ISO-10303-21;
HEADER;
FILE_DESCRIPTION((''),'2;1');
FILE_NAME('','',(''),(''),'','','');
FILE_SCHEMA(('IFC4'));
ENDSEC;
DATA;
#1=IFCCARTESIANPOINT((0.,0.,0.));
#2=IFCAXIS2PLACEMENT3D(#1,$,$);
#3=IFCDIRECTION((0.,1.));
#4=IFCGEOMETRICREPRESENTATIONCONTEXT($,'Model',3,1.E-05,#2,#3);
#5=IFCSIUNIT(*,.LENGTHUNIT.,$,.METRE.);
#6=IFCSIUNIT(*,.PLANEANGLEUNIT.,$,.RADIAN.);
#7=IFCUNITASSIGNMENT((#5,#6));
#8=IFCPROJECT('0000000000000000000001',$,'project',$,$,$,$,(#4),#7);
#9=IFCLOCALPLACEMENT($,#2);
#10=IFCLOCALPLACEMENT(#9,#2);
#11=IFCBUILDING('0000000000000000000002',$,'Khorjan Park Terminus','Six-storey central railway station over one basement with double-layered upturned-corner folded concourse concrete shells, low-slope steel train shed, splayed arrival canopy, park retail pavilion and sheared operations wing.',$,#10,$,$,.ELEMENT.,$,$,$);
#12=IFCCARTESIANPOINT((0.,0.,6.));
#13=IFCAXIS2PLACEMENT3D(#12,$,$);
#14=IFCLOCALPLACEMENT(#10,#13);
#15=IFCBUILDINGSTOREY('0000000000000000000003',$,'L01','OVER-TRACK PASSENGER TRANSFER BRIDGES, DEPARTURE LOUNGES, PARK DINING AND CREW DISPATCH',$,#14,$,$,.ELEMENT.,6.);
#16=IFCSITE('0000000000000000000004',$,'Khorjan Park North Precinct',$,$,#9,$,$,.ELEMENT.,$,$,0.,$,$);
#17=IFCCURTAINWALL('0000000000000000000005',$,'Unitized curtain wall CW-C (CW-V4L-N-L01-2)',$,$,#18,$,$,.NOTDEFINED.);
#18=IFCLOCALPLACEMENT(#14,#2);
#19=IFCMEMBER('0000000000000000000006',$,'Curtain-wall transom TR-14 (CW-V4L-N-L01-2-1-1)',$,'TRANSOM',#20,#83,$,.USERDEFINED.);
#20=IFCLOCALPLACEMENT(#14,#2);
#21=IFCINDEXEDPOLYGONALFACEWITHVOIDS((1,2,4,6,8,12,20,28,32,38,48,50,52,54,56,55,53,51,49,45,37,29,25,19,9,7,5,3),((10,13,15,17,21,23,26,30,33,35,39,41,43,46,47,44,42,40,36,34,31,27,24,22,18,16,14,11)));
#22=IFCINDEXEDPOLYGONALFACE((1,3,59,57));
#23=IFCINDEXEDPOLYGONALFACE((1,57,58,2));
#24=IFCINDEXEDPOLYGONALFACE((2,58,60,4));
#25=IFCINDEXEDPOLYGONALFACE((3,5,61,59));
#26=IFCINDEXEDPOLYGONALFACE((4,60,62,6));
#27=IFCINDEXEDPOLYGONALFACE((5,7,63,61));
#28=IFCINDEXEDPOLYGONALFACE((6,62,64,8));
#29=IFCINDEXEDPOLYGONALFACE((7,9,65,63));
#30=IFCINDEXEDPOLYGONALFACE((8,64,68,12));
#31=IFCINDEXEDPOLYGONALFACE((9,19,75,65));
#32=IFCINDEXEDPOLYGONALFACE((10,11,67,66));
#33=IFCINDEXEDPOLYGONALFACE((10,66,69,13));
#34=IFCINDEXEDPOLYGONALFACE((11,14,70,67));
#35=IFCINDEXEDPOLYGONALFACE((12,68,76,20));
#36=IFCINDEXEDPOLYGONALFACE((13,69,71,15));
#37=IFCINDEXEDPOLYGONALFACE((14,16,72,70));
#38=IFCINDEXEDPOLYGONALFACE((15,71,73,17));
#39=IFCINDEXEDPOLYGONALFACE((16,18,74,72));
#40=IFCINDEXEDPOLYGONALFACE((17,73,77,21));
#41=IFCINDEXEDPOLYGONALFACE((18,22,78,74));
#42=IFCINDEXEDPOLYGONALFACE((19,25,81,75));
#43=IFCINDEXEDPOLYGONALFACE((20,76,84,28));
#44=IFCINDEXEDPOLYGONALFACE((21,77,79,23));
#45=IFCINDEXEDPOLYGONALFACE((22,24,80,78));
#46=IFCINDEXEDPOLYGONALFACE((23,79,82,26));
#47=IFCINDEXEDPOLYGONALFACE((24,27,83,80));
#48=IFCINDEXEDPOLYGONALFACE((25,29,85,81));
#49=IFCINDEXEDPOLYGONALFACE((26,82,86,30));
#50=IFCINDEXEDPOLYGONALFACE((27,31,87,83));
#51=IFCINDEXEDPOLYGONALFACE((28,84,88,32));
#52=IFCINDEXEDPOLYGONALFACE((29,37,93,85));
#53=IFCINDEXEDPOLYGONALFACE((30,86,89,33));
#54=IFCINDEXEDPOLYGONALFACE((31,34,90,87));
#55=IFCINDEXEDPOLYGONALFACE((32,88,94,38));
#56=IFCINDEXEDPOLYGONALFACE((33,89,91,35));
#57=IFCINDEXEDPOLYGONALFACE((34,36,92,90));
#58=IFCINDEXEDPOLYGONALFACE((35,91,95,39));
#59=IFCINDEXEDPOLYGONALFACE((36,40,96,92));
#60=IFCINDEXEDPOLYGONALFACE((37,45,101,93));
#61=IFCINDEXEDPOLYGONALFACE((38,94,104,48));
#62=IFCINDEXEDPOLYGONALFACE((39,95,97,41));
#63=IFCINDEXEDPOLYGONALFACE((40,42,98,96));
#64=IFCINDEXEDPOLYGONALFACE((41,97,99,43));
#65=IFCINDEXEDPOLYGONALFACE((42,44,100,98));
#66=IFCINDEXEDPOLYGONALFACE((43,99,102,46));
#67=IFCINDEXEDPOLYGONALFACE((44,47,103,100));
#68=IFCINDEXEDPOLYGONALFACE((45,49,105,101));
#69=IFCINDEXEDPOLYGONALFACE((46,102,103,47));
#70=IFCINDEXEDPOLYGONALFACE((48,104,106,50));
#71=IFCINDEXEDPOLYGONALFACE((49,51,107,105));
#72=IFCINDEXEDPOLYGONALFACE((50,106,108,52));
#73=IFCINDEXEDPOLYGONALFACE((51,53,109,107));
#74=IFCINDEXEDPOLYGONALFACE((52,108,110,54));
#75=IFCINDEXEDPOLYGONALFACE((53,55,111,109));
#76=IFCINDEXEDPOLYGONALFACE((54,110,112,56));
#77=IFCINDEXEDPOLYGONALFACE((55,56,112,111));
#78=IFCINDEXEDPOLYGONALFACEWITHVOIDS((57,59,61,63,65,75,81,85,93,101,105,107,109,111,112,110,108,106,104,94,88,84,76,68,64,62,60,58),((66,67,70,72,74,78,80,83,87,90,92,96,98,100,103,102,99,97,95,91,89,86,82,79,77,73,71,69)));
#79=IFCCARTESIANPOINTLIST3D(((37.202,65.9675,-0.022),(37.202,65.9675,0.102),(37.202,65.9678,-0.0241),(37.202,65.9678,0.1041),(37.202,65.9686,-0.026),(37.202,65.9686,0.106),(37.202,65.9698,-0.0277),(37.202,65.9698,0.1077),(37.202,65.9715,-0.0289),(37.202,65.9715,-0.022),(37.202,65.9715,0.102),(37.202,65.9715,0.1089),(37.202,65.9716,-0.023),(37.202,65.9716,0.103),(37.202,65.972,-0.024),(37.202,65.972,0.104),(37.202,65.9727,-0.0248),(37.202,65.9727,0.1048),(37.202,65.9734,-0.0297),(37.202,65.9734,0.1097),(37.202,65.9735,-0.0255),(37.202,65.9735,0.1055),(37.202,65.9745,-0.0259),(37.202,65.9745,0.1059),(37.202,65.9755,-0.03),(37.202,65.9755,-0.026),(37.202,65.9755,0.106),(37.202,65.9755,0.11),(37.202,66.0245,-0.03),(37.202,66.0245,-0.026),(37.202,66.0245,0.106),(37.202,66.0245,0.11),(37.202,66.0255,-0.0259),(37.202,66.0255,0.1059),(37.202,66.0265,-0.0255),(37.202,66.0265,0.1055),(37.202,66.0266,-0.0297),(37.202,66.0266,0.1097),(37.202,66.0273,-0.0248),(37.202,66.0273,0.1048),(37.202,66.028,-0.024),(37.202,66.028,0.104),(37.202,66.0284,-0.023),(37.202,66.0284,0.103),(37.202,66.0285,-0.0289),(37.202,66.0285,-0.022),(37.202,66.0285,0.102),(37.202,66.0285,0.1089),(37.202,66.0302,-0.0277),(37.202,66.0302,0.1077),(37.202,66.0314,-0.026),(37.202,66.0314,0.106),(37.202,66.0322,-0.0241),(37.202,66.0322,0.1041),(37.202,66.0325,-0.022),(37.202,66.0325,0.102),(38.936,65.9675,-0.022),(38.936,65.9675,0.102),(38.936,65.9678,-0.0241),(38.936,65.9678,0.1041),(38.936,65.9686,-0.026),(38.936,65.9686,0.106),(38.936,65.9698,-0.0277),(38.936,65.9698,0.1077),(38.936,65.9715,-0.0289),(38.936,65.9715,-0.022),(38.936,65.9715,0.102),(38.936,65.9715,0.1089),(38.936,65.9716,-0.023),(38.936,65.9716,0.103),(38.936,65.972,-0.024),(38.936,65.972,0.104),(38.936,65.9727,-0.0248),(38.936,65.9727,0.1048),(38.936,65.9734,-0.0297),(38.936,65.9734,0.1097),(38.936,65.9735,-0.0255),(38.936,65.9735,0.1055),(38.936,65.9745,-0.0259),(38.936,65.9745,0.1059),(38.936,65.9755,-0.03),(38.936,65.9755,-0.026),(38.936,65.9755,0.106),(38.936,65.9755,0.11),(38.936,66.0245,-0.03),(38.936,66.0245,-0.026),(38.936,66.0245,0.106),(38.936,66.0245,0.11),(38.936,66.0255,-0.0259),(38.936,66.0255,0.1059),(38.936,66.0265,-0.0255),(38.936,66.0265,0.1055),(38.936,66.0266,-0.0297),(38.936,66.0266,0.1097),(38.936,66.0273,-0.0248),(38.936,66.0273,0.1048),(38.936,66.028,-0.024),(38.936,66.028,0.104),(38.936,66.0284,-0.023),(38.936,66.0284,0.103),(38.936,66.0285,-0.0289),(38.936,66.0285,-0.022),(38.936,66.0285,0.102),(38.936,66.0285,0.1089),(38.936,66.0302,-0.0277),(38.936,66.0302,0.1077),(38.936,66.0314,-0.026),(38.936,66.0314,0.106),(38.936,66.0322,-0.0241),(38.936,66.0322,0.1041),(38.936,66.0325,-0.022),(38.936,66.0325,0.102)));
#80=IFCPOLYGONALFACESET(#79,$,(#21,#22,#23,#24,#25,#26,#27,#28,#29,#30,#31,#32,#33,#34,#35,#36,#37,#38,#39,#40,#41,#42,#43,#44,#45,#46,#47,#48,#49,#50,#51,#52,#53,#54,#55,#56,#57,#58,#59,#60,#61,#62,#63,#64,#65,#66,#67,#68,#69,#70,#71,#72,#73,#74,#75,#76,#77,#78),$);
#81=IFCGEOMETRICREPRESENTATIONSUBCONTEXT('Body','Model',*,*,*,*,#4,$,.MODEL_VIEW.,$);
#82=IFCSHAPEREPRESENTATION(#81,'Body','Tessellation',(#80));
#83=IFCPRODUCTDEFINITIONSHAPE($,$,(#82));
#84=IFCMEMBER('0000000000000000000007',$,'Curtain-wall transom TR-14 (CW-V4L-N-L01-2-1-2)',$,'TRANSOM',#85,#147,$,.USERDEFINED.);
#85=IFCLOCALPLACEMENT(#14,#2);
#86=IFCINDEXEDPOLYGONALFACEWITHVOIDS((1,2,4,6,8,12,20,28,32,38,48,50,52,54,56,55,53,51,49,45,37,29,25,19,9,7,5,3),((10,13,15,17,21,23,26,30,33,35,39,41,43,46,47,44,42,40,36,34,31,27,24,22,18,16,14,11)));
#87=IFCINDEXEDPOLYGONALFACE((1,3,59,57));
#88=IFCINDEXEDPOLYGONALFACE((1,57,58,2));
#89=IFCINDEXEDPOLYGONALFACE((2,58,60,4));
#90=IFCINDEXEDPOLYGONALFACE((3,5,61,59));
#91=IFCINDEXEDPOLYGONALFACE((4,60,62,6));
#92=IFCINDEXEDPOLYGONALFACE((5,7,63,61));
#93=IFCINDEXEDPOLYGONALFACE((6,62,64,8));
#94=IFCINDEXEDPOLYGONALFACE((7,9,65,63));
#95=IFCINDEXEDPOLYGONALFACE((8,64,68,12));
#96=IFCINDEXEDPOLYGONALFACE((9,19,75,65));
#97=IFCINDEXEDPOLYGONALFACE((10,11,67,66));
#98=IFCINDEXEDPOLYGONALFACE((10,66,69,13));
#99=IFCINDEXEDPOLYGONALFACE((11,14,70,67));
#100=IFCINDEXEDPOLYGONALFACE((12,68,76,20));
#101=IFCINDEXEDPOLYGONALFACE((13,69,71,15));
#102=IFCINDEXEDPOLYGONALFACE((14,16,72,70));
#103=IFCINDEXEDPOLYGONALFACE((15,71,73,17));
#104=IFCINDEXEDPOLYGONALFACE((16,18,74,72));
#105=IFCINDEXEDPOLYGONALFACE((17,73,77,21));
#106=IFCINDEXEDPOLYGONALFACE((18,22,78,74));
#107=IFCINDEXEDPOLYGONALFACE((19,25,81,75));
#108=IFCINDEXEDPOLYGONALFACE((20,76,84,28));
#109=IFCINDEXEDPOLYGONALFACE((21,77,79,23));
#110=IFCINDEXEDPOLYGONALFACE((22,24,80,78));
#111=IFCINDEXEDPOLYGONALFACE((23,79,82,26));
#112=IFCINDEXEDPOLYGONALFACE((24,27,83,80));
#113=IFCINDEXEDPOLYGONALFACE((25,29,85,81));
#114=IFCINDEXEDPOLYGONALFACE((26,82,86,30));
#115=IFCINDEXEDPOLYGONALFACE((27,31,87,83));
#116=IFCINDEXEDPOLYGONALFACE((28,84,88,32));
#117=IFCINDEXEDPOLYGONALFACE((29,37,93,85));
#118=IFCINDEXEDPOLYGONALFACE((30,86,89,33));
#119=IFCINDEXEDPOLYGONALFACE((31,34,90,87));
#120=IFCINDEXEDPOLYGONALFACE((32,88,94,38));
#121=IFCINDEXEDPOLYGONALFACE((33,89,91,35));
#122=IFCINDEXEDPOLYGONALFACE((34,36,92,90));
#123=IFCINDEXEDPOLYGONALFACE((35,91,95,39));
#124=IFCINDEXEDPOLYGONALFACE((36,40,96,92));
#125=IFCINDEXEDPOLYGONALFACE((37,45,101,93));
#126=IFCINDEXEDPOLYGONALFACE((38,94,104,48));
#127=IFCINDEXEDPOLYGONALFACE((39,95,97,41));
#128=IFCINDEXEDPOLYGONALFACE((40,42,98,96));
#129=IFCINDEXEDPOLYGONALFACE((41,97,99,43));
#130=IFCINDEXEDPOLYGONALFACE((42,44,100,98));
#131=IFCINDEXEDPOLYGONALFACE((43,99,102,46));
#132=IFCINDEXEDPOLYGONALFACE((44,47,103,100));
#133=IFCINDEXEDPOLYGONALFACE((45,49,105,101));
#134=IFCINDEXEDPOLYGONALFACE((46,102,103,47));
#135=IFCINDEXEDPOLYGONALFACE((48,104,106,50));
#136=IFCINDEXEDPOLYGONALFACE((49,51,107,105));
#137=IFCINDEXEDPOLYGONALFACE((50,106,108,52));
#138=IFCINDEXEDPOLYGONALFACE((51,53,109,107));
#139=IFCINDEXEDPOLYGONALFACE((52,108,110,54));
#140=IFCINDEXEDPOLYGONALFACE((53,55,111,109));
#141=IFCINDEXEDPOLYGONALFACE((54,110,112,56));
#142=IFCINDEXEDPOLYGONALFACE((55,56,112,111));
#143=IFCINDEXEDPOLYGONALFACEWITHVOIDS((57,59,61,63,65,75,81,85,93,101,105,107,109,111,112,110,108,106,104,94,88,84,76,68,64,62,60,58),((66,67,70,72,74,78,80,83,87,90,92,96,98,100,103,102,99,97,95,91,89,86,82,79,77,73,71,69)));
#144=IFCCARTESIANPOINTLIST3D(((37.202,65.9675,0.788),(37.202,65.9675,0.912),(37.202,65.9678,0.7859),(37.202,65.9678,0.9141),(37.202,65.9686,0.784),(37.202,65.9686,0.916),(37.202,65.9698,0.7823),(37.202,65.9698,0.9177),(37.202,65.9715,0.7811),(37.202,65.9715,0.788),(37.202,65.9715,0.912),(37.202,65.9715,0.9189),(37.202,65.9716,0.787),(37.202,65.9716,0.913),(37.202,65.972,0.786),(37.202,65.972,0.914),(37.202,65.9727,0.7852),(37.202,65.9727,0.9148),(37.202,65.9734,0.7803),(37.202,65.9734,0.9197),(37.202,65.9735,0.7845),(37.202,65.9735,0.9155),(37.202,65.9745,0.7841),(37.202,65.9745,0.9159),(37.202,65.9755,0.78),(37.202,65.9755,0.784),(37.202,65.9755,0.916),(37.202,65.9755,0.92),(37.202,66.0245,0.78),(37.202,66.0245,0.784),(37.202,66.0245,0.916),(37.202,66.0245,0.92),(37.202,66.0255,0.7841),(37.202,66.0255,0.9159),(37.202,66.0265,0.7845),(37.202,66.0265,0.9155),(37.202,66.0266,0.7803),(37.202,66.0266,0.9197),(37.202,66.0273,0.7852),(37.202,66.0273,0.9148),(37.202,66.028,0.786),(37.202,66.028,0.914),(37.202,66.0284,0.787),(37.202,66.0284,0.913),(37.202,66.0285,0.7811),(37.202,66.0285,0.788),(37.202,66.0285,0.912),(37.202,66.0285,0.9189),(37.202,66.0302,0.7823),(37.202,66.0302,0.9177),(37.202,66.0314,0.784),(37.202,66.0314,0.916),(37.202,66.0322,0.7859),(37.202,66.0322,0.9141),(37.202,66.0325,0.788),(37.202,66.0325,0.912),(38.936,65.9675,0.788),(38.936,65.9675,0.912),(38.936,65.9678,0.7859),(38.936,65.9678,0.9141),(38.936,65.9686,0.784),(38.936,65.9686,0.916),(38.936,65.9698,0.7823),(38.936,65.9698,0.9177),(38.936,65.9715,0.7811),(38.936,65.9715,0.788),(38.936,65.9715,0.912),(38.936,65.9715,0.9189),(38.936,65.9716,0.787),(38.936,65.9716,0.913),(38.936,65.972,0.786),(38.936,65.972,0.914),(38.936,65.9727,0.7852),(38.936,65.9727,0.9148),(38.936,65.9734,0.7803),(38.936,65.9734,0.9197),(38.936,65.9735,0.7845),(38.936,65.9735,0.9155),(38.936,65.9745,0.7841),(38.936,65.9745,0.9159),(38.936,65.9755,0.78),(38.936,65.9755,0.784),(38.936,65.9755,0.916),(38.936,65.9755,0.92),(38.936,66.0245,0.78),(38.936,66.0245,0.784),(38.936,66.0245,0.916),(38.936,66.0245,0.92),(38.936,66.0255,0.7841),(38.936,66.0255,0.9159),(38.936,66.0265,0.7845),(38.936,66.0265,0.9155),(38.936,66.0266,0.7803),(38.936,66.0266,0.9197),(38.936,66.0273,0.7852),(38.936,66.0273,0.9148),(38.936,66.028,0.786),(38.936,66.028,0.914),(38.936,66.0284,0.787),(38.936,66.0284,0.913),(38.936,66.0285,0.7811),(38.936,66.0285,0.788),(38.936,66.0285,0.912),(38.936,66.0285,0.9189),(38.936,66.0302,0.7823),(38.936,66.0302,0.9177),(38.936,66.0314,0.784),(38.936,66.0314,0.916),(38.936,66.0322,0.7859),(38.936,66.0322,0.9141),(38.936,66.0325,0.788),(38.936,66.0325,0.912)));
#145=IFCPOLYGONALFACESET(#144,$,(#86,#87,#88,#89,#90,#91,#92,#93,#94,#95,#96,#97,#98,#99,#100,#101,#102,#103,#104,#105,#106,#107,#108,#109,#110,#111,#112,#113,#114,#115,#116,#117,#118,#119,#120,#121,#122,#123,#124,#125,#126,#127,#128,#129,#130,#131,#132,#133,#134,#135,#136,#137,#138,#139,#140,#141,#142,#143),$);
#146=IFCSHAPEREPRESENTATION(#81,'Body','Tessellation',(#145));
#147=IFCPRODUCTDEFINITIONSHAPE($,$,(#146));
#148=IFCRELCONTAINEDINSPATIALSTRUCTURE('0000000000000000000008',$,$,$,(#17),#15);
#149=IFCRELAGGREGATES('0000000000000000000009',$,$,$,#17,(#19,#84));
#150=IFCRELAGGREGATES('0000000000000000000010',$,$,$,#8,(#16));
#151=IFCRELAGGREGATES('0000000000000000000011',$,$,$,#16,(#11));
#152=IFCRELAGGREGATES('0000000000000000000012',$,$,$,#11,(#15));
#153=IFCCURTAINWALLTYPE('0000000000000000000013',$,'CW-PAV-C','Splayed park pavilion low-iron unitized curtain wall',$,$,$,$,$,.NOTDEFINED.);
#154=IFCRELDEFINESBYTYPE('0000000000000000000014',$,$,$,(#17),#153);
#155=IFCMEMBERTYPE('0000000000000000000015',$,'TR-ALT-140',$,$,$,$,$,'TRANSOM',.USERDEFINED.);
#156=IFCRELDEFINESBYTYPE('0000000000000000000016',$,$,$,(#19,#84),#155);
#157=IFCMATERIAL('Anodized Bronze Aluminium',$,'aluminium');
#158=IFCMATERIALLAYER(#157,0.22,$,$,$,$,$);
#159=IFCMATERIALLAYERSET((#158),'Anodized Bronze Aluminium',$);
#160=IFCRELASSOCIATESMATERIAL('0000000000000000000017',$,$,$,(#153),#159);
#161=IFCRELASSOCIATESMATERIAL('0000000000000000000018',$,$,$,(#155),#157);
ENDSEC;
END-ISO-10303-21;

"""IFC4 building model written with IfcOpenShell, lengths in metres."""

from ifc_helpers import new_model, si_unit, direction, frame, origin, origin_2d, place, context, subcontext, project, spatial, hollow_rectangle, extrude, material, layer, layer_set, material_profile, profile_set, type_object, element, aggregate, save


model = new_model("IFC4")

# Units and contexts
model_context = context("Model", 3, precision=1e-05, world=origin(), true_north=direction((0.0, 1.0)))
body_context = subcontext(model_context, "Body", "Model", "MODEL_VIEW")
ifc_project = project(units=[si_unit("LENGTHUNIT", "METRE"), si_unit("PLANEANGLEUNIT", "RADIAN")], contexts=[model_context])

# Site, building, storey
site_placement = place(None, origin())
site = spatial("IfcSite", under=ifc_project, at=site_placement, Name="Khorjan Park North Precinct", CompositionType="ELEMENT", RefElevation=0.0)
building_placement = place(site_placement, origin())
building = spatial("IfcBuilding", under=site, at=building_placement, Name="Khorjan Park Terminus", Description="Six-storey central railway station over one basement with double-layered upturned-corner folded concourse concrete shells, low-slope steel train shed, splayed arrival canopy, park retail pavilion and sheared operations wing.", CompositionType="ELEMENT")
storey_placement = place(building_placement, frame((0.0, 0.0, 6.0)))
storey = spatial("IfcBuildingStorey", under=building, at=storey_placement, Name="L01", Description="OVER-TRACK PASSENGER TRANSFER BRIDGES, DEPARTURE LOUNGES, PARK DINING AND CREW DISPATCH", CompositionType="ELEMENT", Elevation=6.0)

# Curtain wall, members
ifc_material_1 = material(Name="Anodized Bronze Aluminium", Category="aluminium")
ifc_layer_1 = layer(ifc_material_1, 0.22)
ifc_layer_set_1 = layer_set([ifc_layer_1], Name="Anodized Bronze Aluminium")
curtain_wall_type = type_object("IfcCurtainWallType", Name="CW-PAV-C", Description="Splayed park pavilion low-iron unitized curtain wall", PredefinedType="NOTDEFINED", material=ifc_layer_set_1)
curtain_wall_1_placement = place(storey_placement, origin())
curtain_wall_1 = element("IfcCurtainWall", 1, at=curtain_wall_1_placement, inside=storey, type_object=curtain_wall_type, Name="Unitized curtain wall CW-C (CW-V4L-N-L01-2)", PredefinedType="NOTDEFINED")
ifc_material_profile_1 = material_profile(ifc_material_1, hollow_rectangle(XDim=0.065, YDim=0.14, WallThickness=0.004, InnerFilletRadius=0.004, OuterFilletRadius=0.008, at=origin_2d()), Name="ALT 65x140x4")
ifc_profile_set_1 = profile_set([ifc_material_profile_1], Name="Anodized Bronze Aluminium")
member_type_1 = type_object("IfcMemberType", Name="TR-ALT-140", ElementType="TRANSOM", PredefinedType="USERDEFINED", material=ifc_profile_set_1)
member_1_placement = place(storey_placement, frame((38.936, 66.0, 0.04), z_axis=(-1.0, 0.0, 0.0), x_axis=(0.0, -1.0, 0.0)))
member_1 = element("IfcMember", 2, at=member_1_placement, type_object=member_type_1, Name="Curtain-wall transom TR-14 (CW-V4L-N-L01-2-1-1)", ObjectType="TRANSOM", PredefinedType="USERDEFINED", context=body_context, shape_type="SweptSolid", body=[
    extrude(hollow_rectangle(XDim=0.065, YDim=0.14, WallThickness=0.004, InnerFilletRadius=0.004, OuterFilletRadius=0.008, at=origin_2d()), origin(), (0.0, 0.0, 1.0), 1.734),
])
member_2_placement = place(storey_placement, frame((38.936, 66.0, 0.85), z_axis=(-1.0, 0.0, 0.0), x_axis=(0.0, -1.0, 0.0)))
member_2 = element("IfcMember", 3, at=member_2_placement, type_object=member_type_1, Name="Curtain-wall transom TR-14 (CW-V4L-N-L01-2-1-2)", ObjectType="TRANSOM", PredefinedType="USERDEFINED", context=body_context, shape_type="SweptSolid", body=[
    extrude(hollow_rectangle(XDim=0.065, YDim=0.14, WallThickness=0.004, InnerFilletRadius=0.004, OuterFilletRadius=0.008, at=origin_2d()), origin(), (0.0, 0.0, 1.0), 1.734),
])

aggregate(curtain_wall_1, [member_1, member_2])

save(model, "model.ifc")
